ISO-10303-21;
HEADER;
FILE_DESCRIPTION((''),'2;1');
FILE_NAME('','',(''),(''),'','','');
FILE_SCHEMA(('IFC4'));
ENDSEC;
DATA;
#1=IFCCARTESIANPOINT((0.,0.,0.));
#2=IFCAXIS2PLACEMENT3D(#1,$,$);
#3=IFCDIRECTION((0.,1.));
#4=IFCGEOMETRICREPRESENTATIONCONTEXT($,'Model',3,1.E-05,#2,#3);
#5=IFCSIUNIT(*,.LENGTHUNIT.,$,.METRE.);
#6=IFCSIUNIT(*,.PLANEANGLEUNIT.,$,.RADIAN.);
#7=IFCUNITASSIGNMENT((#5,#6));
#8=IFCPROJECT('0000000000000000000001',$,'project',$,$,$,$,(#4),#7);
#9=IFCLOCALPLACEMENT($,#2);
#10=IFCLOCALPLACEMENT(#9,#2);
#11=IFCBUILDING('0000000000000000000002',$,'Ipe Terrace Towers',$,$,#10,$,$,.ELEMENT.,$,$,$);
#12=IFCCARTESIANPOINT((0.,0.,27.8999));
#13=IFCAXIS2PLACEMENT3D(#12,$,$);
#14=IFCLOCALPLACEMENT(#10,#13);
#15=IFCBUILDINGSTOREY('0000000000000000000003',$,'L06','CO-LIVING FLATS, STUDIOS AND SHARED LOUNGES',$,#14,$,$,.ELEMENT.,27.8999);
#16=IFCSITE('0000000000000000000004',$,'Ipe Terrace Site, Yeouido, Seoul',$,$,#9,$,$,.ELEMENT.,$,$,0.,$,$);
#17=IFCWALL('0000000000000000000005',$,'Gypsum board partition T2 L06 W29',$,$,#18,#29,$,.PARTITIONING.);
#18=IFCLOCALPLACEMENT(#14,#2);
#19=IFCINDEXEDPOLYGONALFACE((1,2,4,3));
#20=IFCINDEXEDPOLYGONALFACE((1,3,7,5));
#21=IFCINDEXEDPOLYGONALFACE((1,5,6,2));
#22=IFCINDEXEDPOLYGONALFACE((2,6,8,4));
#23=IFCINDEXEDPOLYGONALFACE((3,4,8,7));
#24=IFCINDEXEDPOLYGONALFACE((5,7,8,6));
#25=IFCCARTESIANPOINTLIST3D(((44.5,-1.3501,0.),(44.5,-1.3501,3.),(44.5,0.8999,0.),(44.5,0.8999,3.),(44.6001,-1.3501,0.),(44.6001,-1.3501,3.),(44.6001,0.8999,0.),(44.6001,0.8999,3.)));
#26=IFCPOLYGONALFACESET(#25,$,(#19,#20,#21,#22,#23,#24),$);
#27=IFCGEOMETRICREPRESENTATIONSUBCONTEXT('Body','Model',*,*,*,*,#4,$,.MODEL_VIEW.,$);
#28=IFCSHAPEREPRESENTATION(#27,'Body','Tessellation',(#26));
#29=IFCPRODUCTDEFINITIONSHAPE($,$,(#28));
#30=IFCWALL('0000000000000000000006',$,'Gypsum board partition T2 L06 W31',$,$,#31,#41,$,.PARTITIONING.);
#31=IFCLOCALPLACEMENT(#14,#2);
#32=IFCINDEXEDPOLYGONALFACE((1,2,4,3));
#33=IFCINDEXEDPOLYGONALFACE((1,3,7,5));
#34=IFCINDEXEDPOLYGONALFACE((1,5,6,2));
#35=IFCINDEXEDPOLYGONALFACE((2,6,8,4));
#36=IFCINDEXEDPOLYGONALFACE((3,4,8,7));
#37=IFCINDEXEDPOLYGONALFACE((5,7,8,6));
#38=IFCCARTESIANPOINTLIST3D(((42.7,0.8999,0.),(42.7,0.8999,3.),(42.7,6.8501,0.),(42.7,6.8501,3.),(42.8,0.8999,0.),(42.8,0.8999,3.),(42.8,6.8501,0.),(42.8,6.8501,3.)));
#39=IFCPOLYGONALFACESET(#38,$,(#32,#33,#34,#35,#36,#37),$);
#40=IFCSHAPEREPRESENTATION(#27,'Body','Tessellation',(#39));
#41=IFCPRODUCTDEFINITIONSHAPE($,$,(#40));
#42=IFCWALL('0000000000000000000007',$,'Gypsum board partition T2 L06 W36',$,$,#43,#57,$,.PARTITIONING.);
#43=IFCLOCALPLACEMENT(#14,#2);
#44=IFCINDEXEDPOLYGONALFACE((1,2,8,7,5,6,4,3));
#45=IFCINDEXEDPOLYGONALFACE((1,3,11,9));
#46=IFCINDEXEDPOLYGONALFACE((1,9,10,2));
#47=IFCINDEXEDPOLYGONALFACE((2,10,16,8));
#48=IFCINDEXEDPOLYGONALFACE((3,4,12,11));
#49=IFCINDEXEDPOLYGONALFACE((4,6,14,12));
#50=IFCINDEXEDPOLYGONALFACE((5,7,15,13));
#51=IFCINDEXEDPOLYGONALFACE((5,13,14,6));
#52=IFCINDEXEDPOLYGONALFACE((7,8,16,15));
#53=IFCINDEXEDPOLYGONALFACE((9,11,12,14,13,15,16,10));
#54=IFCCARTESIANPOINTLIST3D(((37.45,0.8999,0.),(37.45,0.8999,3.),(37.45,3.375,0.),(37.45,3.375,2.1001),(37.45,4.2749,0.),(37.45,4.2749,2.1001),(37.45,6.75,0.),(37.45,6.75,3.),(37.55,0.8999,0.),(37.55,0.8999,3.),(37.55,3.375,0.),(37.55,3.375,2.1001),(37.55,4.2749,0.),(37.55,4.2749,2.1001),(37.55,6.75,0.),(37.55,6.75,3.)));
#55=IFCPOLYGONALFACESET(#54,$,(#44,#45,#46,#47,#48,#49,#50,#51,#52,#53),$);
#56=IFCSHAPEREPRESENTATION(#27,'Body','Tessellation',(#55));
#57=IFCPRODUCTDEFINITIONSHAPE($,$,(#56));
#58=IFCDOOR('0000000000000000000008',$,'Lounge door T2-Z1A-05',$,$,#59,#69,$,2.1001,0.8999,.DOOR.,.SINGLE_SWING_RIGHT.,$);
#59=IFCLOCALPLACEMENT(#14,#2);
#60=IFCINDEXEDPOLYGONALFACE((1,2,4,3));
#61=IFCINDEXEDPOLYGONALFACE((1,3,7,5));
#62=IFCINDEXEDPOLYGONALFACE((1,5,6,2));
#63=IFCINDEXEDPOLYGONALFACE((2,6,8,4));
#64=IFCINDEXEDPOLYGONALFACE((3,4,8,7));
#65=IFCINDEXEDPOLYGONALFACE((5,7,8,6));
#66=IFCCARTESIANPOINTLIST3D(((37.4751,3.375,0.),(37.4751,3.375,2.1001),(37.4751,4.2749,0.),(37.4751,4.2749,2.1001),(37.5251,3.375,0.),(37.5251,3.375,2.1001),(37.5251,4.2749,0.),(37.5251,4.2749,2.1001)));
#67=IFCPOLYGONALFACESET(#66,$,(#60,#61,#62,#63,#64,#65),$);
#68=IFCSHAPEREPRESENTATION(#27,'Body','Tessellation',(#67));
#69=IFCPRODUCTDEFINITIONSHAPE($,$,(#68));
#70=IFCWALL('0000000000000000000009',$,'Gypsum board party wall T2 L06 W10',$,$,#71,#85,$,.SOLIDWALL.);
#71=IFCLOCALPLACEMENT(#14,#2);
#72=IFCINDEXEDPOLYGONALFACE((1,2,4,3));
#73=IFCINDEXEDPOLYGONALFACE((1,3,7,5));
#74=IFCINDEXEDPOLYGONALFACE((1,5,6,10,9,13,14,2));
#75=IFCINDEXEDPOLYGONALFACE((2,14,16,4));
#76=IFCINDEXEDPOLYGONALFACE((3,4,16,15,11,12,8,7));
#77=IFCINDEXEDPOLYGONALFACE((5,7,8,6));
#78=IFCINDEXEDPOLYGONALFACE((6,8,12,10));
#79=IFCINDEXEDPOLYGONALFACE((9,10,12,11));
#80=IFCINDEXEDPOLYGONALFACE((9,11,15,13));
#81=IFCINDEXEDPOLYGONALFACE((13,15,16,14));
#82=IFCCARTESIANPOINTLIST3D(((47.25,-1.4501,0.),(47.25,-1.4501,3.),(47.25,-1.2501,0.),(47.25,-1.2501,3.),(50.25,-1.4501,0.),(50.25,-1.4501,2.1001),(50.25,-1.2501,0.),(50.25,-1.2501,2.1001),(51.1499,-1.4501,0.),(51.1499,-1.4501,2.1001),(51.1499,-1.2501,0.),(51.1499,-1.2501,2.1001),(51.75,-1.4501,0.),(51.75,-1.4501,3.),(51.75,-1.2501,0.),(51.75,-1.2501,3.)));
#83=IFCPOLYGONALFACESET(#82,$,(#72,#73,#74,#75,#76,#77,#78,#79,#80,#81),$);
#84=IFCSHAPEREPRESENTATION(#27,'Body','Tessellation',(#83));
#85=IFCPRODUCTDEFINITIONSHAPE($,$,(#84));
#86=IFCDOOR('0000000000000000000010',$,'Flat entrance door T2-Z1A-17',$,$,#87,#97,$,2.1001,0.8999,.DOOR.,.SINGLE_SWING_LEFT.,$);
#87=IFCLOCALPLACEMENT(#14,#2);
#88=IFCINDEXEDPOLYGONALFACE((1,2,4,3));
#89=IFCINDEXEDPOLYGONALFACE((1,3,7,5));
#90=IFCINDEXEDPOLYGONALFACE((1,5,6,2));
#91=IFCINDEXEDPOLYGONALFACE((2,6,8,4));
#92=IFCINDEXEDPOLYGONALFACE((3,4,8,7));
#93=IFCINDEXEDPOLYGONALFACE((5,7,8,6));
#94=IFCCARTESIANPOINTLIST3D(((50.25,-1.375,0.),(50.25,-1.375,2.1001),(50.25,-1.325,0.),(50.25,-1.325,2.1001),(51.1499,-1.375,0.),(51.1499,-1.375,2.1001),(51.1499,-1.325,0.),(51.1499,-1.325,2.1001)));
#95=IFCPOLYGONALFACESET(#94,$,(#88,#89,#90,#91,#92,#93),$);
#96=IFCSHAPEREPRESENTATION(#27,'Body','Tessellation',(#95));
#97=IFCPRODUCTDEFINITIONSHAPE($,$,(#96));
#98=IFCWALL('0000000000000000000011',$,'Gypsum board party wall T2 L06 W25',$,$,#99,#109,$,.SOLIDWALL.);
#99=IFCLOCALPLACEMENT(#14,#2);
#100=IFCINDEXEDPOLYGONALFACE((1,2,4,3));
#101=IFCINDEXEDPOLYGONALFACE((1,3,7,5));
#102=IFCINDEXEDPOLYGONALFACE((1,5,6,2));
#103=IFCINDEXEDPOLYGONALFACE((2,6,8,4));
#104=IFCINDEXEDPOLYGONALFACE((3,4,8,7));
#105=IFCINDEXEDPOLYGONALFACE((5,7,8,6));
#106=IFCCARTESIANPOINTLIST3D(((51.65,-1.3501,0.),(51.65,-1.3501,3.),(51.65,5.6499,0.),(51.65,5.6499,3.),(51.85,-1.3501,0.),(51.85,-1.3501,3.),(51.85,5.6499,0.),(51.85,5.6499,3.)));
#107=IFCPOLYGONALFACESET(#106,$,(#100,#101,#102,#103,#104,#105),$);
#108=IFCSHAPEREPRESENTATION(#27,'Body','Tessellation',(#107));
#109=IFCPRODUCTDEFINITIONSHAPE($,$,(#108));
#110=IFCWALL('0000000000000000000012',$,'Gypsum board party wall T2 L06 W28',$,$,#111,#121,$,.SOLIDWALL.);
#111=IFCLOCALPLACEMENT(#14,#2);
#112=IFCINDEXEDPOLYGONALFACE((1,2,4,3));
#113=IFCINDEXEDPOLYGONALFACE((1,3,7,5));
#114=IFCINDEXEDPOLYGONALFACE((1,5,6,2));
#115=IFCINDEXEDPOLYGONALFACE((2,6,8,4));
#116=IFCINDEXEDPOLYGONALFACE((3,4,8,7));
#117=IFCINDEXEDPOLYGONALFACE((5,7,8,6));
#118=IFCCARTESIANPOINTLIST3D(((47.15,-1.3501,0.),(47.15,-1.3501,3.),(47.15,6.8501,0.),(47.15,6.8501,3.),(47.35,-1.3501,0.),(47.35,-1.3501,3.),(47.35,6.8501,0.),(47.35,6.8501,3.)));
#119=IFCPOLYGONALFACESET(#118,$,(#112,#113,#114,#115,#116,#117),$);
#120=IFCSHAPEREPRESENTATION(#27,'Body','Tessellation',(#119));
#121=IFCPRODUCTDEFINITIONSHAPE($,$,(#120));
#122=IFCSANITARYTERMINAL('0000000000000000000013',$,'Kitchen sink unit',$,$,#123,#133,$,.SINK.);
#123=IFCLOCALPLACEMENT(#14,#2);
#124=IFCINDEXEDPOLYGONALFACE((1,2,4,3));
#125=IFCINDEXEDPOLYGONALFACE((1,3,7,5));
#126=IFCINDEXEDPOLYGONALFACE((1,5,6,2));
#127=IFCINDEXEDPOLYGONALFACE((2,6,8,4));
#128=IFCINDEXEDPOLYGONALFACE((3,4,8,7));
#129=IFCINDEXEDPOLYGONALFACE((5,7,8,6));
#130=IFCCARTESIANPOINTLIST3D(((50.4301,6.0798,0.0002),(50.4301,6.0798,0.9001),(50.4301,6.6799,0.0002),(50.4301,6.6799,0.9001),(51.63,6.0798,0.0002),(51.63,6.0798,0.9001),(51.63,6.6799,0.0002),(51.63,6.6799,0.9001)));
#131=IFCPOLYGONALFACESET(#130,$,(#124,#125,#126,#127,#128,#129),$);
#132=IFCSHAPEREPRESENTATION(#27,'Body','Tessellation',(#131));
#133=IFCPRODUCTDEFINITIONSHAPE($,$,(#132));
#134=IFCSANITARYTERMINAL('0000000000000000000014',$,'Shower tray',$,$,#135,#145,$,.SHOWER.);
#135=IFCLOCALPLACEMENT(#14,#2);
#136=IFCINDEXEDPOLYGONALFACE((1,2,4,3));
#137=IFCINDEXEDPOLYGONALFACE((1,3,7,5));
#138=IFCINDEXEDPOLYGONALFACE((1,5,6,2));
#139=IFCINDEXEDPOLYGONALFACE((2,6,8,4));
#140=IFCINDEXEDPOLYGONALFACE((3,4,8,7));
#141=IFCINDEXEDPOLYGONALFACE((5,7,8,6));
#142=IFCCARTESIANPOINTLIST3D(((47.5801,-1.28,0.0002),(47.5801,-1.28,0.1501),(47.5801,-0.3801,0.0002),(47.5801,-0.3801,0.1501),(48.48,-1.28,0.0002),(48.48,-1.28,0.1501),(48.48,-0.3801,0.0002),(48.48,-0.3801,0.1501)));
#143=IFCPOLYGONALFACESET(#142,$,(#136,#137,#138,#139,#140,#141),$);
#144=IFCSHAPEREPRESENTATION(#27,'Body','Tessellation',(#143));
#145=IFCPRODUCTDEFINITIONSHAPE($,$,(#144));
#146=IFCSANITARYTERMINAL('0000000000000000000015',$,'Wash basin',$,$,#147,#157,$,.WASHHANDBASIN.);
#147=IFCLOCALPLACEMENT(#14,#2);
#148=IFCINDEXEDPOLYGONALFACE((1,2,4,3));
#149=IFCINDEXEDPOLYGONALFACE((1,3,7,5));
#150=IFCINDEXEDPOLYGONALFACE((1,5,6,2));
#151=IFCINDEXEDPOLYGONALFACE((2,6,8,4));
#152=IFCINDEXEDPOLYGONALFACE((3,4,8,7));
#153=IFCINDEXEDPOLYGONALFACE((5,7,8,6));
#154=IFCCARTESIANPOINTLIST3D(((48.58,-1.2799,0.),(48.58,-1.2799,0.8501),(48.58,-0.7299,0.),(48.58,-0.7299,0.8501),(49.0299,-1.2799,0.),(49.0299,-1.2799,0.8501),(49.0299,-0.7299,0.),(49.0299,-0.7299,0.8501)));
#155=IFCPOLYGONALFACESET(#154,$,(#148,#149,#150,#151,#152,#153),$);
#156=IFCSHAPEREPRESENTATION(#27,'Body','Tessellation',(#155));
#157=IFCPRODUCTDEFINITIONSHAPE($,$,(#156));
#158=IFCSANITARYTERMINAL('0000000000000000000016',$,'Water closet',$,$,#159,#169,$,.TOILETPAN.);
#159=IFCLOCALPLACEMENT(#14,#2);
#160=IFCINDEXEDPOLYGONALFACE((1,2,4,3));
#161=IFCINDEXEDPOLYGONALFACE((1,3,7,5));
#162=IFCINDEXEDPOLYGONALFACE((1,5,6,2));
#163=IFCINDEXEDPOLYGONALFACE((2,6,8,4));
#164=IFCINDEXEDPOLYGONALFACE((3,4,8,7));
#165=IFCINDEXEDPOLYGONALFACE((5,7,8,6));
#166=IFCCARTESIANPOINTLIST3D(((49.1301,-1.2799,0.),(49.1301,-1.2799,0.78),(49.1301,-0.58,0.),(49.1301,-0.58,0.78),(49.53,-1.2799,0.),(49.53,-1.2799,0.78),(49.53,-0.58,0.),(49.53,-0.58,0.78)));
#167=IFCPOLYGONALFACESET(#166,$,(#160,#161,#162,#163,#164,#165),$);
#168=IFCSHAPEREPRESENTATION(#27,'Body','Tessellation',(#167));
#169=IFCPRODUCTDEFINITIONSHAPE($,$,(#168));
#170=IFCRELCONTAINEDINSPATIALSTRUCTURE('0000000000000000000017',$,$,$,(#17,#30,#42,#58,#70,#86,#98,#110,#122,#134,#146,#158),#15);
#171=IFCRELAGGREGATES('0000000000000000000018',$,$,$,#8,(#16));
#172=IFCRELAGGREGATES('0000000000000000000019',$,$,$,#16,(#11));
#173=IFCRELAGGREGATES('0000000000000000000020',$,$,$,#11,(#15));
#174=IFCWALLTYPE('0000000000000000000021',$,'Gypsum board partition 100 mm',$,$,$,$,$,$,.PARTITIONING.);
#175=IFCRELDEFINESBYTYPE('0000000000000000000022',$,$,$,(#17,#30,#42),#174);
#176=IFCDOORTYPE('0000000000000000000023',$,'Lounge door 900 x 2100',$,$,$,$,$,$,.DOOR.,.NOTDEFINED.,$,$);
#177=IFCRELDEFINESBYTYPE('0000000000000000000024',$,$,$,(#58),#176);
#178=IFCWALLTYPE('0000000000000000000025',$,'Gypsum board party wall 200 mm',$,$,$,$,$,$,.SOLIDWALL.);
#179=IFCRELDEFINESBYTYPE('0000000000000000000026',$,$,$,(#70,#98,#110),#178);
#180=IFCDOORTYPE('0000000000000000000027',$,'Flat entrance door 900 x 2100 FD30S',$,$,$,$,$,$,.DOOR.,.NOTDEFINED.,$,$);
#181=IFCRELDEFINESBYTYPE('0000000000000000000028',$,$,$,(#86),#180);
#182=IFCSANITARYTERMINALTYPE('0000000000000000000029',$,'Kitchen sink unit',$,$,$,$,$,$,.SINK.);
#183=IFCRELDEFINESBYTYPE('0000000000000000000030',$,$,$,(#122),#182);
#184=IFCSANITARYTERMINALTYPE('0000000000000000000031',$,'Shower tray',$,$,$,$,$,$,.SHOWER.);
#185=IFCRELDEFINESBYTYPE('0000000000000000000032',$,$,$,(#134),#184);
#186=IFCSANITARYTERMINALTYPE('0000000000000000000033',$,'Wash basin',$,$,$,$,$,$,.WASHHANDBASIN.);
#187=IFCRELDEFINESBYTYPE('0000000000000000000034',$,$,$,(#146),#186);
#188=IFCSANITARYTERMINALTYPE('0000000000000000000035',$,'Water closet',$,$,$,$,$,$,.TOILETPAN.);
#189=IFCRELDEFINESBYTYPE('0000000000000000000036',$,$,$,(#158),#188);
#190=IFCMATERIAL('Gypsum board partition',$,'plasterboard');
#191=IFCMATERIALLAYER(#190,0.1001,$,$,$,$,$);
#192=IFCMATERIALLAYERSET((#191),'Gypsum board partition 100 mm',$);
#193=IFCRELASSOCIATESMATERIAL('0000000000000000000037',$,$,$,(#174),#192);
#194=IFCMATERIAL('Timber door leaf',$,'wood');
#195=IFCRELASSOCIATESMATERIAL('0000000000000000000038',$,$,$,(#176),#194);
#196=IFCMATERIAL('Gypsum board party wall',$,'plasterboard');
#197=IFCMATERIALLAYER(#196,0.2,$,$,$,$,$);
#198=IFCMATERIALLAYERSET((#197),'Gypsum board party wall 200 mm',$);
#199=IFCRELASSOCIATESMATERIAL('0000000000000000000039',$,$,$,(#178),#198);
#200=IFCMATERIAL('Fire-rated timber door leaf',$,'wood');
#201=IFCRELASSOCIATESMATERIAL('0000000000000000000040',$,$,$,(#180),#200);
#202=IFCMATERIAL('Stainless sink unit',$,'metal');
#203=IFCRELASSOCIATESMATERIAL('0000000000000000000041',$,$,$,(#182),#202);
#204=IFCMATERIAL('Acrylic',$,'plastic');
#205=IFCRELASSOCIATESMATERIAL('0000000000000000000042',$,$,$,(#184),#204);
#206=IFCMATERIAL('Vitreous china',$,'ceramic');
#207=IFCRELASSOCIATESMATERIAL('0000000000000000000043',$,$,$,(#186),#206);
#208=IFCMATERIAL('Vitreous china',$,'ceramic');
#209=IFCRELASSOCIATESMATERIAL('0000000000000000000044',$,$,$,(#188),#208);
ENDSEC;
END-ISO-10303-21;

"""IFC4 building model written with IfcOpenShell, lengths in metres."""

from ifc_helpers import new_model, si_unit, direction, frame, frame_2d, origin, origin_2d, place, context, subcontext, project, spatial, rectangle, extrude, material, layer, layer_set, type_object, element, fill, save


model = new_model("IFC4")

# Units and contexts
model_context = context("Model", 3, precision=1e-05, world=origin(), true_north=direction((0.0, 1.0)))
body_context = subcontext(model_context, "Body", "Model", "MODEL_VIEW")
ifc_project = project(units=[si_unit("LENGTHUNIT", "METRE"), si_unit("PLANEANGLEUNIT", "RADIAN")], contexts=[model_context])

# Site, building, storey
site_placement = place(None, origin())
site = spatial("IfcSite", under=ifc_project, at=site_placement, Name="Ipe Terrace Site, Yeouido, Seoul", CompositionType="ELEMENT", RefElevation=0.0)
building_placement = place(site_placement, origin())
building = spatial("IfcBuilding", under=site, at=building_placement, Name="Ipe Terrace Towers", CompositionType="ELEMENT")
storey_placement = place(building_placement, frame((0.0, 0.0, 27.8999)))
storey = spatial("IfcBuildingStorey", under=building, at=storey_placement, Name="L06", Description="CO-LIVING FLATS, STUDIOS AND SHARED LOUNGES", CompositionType="ELEMENT", Elevation=27.8999)

# Shared definitions
ifc_material_1 = material(Name="Gypsum board partition", Category="plasterboard")
ifc_layer_1 = layer(ifc_material_1, 0.1001)
ifc_layer_set_1 = layer_set([ifc_layer_1], Name="Gypsum board partition 100 mm")
wall_type_1 = type_object("IfcWallType", Name="Gypsum board partition 100 mm", PredefinedType="PARTITIONING", material=ifc_layer_set_1)
ifc_material_2 = material(Name="Timber door leaf", Category="wood")
door_type_1 = type_object("IfcDoorType", Name="Lounge door 900 x 2100", OperationType="NOTDEFINED", PredefinedType="DOOR", material=ifc_material_2)

# Walls
wall_1_placement = place(storey_placement, frame((44.55, -1.3501, 0.0), z_axis=(0.0, 0.0, 1.0), x_axis=(0.0, 1.0, 0.0)))
element("IfcWall", 1, at=wall_1_placement, inside=storey, type_object=wall_type_1, Name="Gypsum board partition T2 L06 W29", PredefinedType="PARTITIONING", context=body_context, shape_type="SweptSolid", body=[
    extrude(rectangle(XDim=2.25, YDim=0.1001, at=frame_2d((1.125, 0.0))), origin(), (0.0, 0.0, 1.0), 3.0),
])
wall_2_placement = place(storey_placement, frame((42.75, 0.8999, 0.0), z_axis=(0.0, 0.0, 1.0), x_axis=(0.0, 1.0, 0.0)))
element("IfcWall", 2, at=wall_2_placement, inside=storey, type_object=wall_type_1, Name="Gypsum board partition T2 L06 W31", PredefinedType="PARTITIONING", context=body_context, shape_type="SweptSolid", body=[
    extrude(rectangle(XDim=5.9502, YDim=0.1001, at=frame_2d((2.9751, 0.0))), origin(), (0.0, 0.0, 1.0), 3.0),
])

# Walls, openings, doors
wall_3_placement = place(storey_placement, frame((37.5, 0.8999, 0.0), z_axis=(0.0, 0.0, 1.0), x_axis=(0.0, 1.0, 0.0)))
wall_3 = element("IfcWall", 3, at=wall_3_placement, inside=storey, type_object=wall_type_1, Name="Gypsum board partition T2 L06 W36", PredefinedType="PARTITIONING", context=body_context, shape_type="SweptSolid", body=[
    extrude(rectangle(XDim=5.8501, YDim=0.1001, at=frame_2d((2.925, 0.0))), origin(), (0.0, 0.0, 1.0), 3.0),
])
opening_1_placement = place(wall_3_placement, frame((2.4751, 0.0, 0.0)))
opening_1 = element("IfcOpeningElement", 4, at=opening_1_placement, cuts=wall_3, PredefinedType="OPENING", context=body_context, shape_type="SweptSolid", body=[
    extrude(rectangle(XDim=0.8999, YDim=2.1001, at=frame_2d((0.45, 1.05))), frame((0.0, 0.0601, 0.0), z_axis=(0.0, -1.0, 0.0), x_axis=(1.0, 0.0, 0.0)), (0.0, 0.0, 1.0), 0.1201),
])
door_1_placement = place(opening_1_placement, origin())
door_1 = element("IfcDoor", 5, at=door_1_placement, inside=storey, type_object=door_type_1, Name="Lounge door T2-Z1A-05", OperationType="SINGLE_SWING_RIGHT", OverallHeight=2.1001, OverallWidth=0.8999, PredefinedType="DOOR", context=body_context, shape_type="SweptSolid", body=[
    extrude(rectangle(XDim=0.8999, YDim=2.1001, at=frame_2d((0.45, 1.05))), frame((0.0, 0.0249, 0.0), z_axis=(0.0, -1.0, 0.0), x_axis=(1.0, 0.0, 0.0)), (0.0, 0.0, 1.0), 0.05),
])
fill(opening_1, door_1)
ifc_material_3 = material(Name="Gypsum board party wall", Category="plasterboard")
ifc_layer_2 = layer(ifc_material_3, 0.2)
ifc_layer_set_2 = layer_set([ifc_layer_2], Name="Gypsum board party wall 200 mm")
wall_type_2 = type_object("IfcWallType", Name="Gypsum board party wall 200 mm", PredefinedType="SOLIDWALL", material=ifc_layer_set_2)
wall_4_placement = place(storey_placement, frame((51.75, -1.3501, 0.0), z_axis=(0.0, 0.0, 1.0), x_axis=(-1.0, 0.0, 0.0)))
wall_4 = element("IfcWall", 6, at=wall_4_placement, inside=storey, type_object=wall_type_2, Name="Gypsum board party wall T2 L06 W10", PredefinedType="SOLIDWALL", context=body_context, shape_type="SweptSolid", body=[
    extrude(rectangle(XDim=4.5, YDim=0.2, at=frame_2d((2.25, 0.0))), origin(), (0.0, 0.0, 1.0), 3.0),
])
opening_2_placement = place(wall_4_placement, frame((0.6001, 0.0, 0.0)))
opening_2 = element("IfcOpeningElement", 7, at=opening_2_placement, cuts=wall_4, PredefinedType="OPENING", context=body_context, shape_type="SweptSolid", body=[
    extrude(rectangle(XDim=0.8999, YDim=2.1001, at=frame_2d((0.45, 1.05))), frame((0.0, 0.1099, 0.0), z_axis=(0.0, -1.0, 0.0), x_axis=(1.0, 0.0, 0.0)), (0.0, 0.0, 1.0), 0.22),
])
ifc_material_4 = material(Name="Fire-rated timber door leaf", Category="wood")
door_type_2 = type_object("IfcDoorType", Name="Flat entrance door 900 x 2100 FD30S", OperationType="NOTDEFINED", PredefinedType="DOOR", material=ifc_material_4)
door_2_placement = place(opening_2_placement, origin())
door_2 = element("IfcDoor", 8, at=door_2_placement, inside=storey, type_object=door_type_2, Name="Flat entrance door T2-Z1A-17", OperationType="SINGLE_SWING_LEFT", OverallHeight=2.1001, OverallWidth=0.8999, PredefinedType="DOOR", context=body_context, shape_type="SweptSolid", body=[
    extrude(rectangle(XDim=0.8999, YDim=2.1001, at=frame_2d((0.45, 1.05))), frame((0.0, 0.0249, 0.0), z_axis=(0.0, -1.0, 0.0), x_axis=(1.0, 0.0, 0.0)), (0.0, 0.0, 1.0), 0.05),
])
fill(opening_2, door_2)

# Walls
wall_5_placement = place(storey_placement, frame((51.75, -1.3501, 0.0), z_axis=(0.0, 0.0, 1.0), x_axis=(0.0, 1.0, 0.0)))
element("IfcWall", 9, at=wall_5_placement, inside=storey, type_object=wall_type_2, Name="Gypsum board party wall T2 L06 W25", PredefinedType="SOLIDWALL", context=body_context, shape_type="SweptSolid", body=[
    extrude(rectangle(XDim=7.0, YDim=0.2, at=frame_2d((3.5, 0.0))), origin(), (0.0, 0.0, 1.0), 3.0),
])
wall_6_placement = place(storey_placement, frame((47.25, -1.3501, 0.0), z_axis=(0.0, 0.0, 1.0), x_axis=(0.0, 1.0, 0.0)))
element("IfcWall", 10, at=wall_6_placement, inside=storey, type_object=wall_type_2, Name="Gypsum board party wall T2 L06 W28", PredefinedType="SOLIDWALL", context=body_context, shape_type="SweptSolid", body=[
    extrude(rectangle(XDim=8.2002, YDim=0.2, at=frame_2d((4.1001, 0.0))), origin(), (0.0, 0.0, 1.0), 3.0),
])

# Sanitary terminals
ifc_material_5 = material(Name="Stainless sink unit", Category="metal")
sanitary_terminal_type_1 = type_object("IfcSanitaryTerminalType", Name="Kitchen sink unit", PredefinedType="SINK", material=ifc_material_5)
sanitary_terminal_1_placement = place(storey_placement, frame((51.03, 6.3799, 0.0002), z_axis=(0.0, 0.0, 1.0), x_axis=(1.0, 0.0, 0.0)))
element("IfcSanitaryTerminal", 11, at=sanitary_terminal_1_placement, inside=storey, type_object=sanitary_terminal_type_1, Name="Kitchen sink unit", PredefinedType="SINK", context=body_context, shape_type="SweptSolid", body=[
    extrude(rectangle(XDim=1.2, YDim=0.6001, at=origin_2d()), origin(), (0.0, 0.0, 1.0), 0.8999),
])
ifc_material_6 = material(Name="Acrylic", Category="plastic")
sanitary_terminal_type_2 = type_object("IfcSanitaryTerminalType", Name="Shower tray", PredefinedType="SHOWER", material=ifc_material_6)
sanitary_terminal_2_placement = place(storey_placement, frame((48.03, -0.8301, 0.0002), z_axis=(0.0, 0.0, 1.0), x_axis=(0.0, 1.0, 0.0)))
element("IfcSanitaryTerminal", 12, at=sanitary_terminal_2_placement, inside=storey, type_object=sanitary_terminal_type_2, Name="Shower tray", PredefinedType="SHOWER", context=body_context, shape_type="SweptSolid", body=[
    extrude(rectangle(XDim=0.8999, YDim=0.8999, at=origin_2d()), origin(), (0.0, 0.0, 1.0), 0.1499),
])
ifc_material_7 = material(Name="Vitreous china", Category="ceramic")
sanitary_terminal_type_3 = type_object("IfcSanitaryTerminalType", Name="Wash basin", PredefinedType="WASHHANDBASIN", material=ifc_material_7)
sanitary_terminal_3_placement = place(storey_placement, frame((48.8049, -1.0049, 0.0), z_axis=(0.0, 0.0, 1.0), x_axis=(0.0, 1.0, 0.0)))
element("IfcSanitaryTerminal", 13, at=sanitary_terminal_3_placement, inside=storey, type_object=sanitary_terminal_type_3, Name="Wash basin", PredefinedType="WASHHANDBASIN", context=body_context, shape_type="SweptSolid", body=[
    extrude(rectangle(XDim=0.55, YDim=0.45, at=origin_2d()), origin(), (0.0, 0.0, 1.0), 0.8501),
])
ifc_material_8 = material(Name="Vitreous china", Category="ceramic")
sanitary_terminal_type_4 = type_object("IfcSanitaryTerminalType", Name="Water closet", PredefinedType="TOILETPAN", material=ifc_material_8)
sanitary_terminal_4_placement = place(storey_placement, frame((49.3301, -0.9299, 0.0), z_axis=(0.0, 0.0, 1.0), x_axis=(0.0, 1.0, 0.0)))
element("IfcSanitaryTerminal", 14, at=sanitary_terminal_4_placement, inside=storey, type_object=sanitary_terminal_type_4, Name="Water closet", PredefinedType="TOILETPAN", context=body_context, shape_type="SweptSolid", body=[
    extrude(rectangle(XDim=0.7, YDim=0.3999, at=origin_2d()), origin(), (0.0, 0.0, 1.0), 0.78),
])

save(model, "model.ifc")
